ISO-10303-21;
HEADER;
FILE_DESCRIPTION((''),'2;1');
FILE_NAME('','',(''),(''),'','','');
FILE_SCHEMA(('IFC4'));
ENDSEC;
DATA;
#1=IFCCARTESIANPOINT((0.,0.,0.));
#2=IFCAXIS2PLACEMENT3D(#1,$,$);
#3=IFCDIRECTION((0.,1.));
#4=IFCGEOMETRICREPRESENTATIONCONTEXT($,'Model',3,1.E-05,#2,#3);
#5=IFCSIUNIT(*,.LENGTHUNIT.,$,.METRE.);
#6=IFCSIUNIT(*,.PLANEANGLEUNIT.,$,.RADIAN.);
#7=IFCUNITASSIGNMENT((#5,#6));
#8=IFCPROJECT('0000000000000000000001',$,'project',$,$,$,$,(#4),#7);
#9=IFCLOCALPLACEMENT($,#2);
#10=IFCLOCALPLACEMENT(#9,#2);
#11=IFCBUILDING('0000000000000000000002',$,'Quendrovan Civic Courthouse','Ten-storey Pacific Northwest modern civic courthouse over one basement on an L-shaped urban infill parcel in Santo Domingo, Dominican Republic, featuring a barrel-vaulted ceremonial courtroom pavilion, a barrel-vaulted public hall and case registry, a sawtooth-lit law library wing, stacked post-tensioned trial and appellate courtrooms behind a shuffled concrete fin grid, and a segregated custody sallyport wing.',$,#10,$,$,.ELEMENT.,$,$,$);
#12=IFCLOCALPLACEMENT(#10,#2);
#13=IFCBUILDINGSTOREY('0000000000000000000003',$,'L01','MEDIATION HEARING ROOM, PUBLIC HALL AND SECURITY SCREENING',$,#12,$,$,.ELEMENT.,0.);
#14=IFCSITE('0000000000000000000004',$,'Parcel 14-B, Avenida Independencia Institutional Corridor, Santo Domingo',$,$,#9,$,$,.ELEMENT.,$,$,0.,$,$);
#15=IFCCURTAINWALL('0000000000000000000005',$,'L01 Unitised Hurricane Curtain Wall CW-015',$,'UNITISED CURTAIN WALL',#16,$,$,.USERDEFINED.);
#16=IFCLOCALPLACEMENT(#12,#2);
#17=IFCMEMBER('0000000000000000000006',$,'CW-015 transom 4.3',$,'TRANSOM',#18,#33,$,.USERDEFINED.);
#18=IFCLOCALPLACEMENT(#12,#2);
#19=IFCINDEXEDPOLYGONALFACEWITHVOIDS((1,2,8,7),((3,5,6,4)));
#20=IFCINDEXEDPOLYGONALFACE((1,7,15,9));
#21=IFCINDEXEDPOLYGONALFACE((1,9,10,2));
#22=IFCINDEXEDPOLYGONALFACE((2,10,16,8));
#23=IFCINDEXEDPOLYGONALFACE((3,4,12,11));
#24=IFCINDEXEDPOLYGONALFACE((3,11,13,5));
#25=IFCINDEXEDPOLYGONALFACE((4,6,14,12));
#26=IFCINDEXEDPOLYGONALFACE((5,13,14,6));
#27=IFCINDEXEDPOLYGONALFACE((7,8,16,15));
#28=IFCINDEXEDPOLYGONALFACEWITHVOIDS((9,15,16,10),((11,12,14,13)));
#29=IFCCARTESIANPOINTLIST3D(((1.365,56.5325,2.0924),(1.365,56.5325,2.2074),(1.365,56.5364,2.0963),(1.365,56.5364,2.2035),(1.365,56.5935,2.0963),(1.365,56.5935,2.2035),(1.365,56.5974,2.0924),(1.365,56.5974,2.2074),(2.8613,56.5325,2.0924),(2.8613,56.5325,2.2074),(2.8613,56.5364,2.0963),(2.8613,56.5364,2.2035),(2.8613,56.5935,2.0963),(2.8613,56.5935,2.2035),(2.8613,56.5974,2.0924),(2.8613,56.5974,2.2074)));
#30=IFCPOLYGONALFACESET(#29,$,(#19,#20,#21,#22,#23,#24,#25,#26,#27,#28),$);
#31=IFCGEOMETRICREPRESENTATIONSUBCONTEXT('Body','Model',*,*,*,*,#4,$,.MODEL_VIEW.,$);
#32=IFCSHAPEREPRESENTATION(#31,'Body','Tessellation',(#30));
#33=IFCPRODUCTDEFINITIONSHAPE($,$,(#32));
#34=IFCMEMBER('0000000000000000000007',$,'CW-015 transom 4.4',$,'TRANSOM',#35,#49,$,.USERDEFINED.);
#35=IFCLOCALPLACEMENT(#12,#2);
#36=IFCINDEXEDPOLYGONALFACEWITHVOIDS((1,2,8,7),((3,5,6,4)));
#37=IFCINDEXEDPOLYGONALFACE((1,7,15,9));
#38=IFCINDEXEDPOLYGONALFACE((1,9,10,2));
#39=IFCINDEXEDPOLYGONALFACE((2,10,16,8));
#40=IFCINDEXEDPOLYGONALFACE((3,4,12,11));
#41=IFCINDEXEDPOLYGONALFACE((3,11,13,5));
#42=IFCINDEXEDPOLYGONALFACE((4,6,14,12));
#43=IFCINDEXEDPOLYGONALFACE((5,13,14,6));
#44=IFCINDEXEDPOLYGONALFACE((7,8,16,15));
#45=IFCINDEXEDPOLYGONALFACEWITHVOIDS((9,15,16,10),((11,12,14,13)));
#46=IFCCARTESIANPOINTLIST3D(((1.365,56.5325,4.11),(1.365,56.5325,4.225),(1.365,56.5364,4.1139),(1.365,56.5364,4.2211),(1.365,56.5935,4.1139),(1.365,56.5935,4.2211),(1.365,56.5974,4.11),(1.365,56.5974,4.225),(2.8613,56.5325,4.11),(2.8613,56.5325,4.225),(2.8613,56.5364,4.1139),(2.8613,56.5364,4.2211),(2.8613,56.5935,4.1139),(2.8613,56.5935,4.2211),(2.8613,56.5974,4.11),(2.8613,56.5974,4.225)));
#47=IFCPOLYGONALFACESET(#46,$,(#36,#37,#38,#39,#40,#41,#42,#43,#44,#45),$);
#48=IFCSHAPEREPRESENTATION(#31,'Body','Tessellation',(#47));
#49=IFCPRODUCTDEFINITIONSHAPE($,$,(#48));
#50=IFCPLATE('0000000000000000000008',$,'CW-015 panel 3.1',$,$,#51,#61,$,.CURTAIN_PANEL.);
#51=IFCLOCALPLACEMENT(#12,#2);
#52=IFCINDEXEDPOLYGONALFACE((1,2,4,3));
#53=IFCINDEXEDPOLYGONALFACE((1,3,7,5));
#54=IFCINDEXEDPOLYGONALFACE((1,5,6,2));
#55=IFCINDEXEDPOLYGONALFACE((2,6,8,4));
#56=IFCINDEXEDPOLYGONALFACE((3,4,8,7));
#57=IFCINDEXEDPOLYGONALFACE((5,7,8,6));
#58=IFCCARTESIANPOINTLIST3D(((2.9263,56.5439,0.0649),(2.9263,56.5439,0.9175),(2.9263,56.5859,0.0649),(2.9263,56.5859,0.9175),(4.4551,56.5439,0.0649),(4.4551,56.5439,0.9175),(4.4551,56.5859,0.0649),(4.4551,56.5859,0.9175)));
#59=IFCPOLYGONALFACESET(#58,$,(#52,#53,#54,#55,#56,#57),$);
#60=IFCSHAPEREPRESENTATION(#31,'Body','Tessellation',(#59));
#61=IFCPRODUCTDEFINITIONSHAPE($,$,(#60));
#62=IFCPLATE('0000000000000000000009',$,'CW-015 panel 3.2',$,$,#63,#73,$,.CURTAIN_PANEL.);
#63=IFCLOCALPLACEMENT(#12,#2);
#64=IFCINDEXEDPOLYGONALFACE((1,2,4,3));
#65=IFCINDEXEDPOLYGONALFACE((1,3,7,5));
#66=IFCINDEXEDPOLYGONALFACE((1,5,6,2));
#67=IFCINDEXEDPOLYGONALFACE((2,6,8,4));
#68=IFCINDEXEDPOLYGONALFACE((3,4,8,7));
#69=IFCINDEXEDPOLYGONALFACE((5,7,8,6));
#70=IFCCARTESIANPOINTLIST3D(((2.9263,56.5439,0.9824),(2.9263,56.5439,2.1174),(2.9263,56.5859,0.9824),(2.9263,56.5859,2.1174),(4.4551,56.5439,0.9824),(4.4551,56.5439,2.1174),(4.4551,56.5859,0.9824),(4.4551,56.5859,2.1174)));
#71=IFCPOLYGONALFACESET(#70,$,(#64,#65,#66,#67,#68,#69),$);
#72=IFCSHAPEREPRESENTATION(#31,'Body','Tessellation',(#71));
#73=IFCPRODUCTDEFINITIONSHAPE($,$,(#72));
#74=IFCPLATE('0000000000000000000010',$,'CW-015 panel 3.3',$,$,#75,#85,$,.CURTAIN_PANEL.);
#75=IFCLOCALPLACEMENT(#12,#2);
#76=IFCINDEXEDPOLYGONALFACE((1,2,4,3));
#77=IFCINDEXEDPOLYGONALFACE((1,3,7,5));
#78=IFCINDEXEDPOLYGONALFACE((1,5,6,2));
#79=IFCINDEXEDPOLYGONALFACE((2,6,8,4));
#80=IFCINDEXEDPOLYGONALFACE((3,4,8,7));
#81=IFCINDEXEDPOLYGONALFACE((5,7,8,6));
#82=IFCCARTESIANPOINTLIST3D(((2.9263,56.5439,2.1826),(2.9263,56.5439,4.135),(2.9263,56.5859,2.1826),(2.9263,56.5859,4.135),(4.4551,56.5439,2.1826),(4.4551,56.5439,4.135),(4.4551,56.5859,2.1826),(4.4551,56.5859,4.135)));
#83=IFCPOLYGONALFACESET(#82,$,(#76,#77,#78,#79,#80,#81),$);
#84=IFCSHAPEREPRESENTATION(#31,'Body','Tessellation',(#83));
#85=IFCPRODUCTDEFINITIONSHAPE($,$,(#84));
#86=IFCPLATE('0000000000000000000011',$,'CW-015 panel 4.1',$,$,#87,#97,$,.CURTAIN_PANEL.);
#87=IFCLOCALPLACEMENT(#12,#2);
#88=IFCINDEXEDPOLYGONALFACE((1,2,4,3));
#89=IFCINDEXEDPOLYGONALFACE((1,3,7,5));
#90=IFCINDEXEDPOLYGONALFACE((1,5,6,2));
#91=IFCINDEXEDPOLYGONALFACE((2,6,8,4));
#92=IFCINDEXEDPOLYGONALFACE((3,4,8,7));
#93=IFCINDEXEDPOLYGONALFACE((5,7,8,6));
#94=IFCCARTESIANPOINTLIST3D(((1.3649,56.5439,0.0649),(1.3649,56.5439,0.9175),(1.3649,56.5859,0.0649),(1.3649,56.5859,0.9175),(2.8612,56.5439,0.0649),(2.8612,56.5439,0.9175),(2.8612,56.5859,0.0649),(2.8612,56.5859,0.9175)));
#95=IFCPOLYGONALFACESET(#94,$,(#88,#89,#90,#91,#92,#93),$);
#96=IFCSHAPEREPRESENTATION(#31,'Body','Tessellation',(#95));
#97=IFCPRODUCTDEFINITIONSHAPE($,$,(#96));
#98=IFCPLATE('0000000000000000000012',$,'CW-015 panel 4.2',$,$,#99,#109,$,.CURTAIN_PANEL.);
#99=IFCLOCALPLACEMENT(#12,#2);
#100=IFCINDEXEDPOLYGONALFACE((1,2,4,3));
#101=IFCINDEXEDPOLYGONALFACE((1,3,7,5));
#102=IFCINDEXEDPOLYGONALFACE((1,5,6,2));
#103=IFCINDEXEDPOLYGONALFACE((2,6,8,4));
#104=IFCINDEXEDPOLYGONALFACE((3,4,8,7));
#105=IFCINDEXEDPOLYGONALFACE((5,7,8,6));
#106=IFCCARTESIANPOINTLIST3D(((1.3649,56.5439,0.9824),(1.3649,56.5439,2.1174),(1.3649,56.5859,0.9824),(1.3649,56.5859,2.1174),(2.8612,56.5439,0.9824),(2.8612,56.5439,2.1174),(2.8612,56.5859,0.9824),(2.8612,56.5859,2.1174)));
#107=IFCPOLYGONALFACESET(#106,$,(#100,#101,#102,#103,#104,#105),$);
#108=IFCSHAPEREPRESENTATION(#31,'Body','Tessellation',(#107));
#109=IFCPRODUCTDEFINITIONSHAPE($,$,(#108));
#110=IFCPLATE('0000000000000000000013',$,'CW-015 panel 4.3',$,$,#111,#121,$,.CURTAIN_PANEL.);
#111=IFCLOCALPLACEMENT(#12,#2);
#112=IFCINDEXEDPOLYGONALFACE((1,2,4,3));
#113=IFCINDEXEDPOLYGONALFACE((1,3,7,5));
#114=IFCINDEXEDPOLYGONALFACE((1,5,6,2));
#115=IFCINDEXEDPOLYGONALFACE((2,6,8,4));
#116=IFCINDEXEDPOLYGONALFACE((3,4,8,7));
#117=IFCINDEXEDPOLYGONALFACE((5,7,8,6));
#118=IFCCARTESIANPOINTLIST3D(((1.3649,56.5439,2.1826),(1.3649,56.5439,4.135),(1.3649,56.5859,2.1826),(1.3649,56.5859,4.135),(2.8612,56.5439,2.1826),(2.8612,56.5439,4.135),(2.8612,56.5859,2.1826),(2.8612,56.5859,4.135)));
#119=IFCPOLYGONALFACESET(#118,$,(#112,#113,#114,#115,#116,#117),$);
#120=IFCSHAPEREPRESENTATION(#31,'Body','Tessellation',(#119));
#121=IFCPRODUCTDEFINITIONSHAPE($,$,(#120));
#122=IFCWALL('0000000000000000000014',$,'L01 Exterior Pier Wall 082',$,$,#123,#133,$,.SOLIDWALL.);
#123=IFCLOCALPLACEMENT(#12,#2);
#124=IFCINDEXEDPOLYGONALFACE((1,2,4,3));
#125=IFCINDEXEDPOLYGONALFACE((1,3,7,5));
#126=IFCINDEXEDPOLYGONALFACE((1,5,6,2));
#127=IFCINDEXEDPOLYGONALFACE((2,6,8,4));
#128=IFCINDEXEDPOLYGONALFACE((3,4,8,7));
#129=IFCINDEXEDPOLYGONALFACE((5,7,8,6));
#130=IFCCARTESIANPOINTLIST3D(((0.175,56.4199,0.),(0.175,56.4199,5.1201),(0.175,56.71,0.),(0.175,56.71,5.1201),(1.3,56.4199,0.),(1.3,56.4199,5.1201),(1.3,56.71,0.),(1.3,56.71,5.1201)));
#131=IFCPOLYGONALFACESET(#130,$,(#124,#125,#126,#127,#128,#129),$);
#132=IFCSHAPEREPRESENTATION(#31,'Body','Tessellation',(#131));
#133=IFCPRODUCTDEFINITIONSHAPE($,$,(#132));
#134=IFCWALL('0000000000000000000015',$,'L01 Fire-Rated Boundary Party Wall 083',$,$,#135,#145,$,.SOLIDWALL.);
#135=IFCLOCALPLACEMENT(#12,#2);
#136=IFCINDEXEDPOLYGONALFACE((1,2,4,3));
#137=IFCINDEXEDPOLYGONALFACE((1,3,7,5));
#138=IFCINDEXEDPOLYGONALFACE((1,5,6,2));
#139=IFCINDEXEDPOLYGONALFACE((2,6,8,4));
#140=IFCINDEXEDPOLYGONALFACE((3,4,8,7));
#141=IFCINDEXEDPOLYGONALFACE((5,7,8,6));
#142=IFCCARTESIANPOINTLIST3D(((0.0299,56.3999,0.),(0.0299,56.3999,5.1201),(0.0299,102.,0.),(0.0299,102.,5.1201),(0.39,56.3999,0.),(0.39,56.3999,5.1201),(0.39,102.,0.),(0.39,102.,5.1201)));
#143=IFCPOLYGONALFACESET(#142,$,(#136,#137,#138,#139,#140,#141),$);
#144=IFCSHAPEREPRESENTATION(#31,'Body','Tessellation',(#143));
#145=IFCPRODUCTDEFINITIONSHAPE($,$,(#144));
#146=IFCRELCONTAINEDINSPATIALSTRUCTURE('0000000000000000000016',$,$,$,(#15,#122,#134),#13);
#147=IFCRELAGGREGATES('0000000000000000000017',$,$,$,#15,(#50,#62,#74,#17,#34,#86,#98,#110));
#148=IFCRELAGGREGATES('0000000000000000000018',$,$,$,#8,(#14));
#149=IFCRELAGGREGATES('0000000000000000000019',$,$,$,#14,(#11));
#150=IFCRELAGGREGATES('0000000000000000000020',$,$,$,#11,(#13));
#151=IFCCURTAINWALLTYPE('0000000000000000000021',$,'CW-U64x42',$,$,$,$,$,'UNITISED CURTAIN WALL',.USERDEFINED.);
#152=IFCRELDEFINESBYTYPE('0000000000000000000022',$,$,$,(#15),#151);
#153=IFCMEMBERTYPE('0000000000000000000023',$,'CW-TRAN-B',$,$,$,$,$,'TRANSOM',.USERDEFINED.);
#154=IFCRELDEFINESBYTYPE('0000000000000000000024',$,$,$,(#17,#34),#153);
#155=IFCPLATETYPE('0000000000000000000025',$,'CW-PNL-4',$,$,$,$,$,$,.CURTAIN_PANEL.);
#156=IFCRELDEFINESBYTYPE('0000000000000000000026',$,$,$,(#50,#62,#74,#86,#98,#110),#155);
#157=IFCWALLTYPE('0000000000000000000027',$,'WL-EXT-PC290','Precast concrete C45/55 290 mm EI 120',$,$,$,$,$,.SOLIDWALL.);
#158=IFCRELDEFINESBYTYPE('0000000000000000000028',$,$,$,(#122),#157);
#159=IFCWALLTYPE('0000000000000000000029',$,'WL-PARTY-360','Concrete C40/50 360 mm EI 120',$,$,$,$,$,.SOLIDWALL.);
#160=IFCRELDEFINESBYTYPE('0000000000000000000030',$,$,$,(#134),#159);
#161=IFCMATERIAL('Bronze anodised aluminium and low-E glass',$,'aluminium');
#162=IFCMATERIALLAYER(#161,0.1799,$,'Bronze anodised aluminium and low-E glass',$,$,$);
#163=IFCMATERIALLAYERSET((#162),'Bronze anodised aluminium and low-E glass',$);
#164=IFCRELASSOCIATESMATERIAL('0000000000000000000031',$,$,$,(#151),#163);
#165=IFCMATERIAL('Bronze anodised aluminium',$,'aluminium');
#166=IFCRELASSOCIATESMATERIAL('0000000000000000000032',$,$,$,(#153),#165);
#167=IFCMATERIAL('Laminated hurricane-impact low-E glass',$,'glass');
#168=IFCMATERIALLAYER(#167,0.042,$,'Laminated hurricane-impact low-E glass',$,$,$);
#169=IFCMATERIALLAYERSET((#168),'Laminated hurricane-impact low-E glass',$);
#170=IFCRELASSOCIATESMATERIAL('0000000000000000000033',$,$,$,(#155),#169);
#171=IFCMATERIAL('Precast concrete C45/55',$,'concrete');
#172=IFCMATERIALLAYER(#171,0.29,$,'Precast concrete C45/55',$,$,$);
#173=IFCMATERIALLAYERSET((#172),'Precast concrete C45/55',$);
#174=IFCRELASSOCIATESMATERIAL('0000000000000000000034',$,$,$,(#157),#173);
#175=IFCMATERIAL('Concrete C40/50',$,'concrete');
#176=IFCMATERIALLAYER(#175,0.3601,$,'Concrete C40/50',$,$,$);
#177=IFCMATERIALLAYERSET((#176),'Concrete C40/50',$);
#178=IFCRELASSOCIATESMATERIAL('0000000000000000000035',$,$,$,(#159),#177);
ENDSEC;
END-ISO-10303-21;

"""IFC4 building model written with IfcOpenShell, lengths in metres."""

from ifc_helpers import new_model, si_unit, direction, frame, frame_2d, origin, origin_2d, place, context, subcontext, project, spatial, rectangle, hollow_rectangle, extrude, material, layer, layer_set, material_profile, profile_set, type_object, element, aggregate, save


model = new_model("IFC4")

# Units and contexts
model_context = context("Model", 3, precision=1e-05, world=origin(), true_north=direction((0.0, 1.0)))
body_context = subcontext(model_context, "Body", "Model", "MODEL_VIEW")
ifc_project = project(units=[si_unit("LENGTHUNIT", "METRE"), si_unit("PLANEANGLEUNIT", "RADIAN")], contexts=[model_context])

# Site, building, storey
site_placement = place(None, origin())
site = spatial("IfcSite", under=ifc_project, at=site_placement, Name="Parcel 14-B, Avenida Independencia Institutional Corridor, Santo Domingo", CompositionType="ELEMENT", RefElevation=0.0)
building_placement = place(site_placement, origin())
building = spatial("IfcBuilding", under=site, at=building_placement, Name="Quendrovan Civic Courthouse", Description="Ten-storey Pacific Northwest modern civic courthouse over one basement on an L-shaped urban infill parcel in Santo Domingo, Dominican Republic, featuring a barrel-vaulted ceremonial courtroom pavilion, a barrel-vaulted public hall and case registry, a sawtooth-lit law library wing, stacked post-tensioned trial and appellate courtrooms behind a shuffled concrete fin grid, and a segregated custody sallyport wing.", CompositionType="ELEMENT")
storey_placement = place(building_placement, origin())
storey = spatial("IfcBuildingStorey", under=building, at=storey_placement, Name="L01", Description="MEDIATION HEARING ROOM, PUBLIC HALL AND SECURITY SCREENING", CompositionType="ELEMENT", Elevation=0.0)

# Shared definitions
ifc_material_1 = material(Name="Concrete C40/50", Category="concrete")

# Curtain wall, members, plates
ifc_material_2 = material(Name="Bronze anodised aluminium and low-E glass", Category="aluminium")
ifc_layer_1 = layer(ifc_material_2, 0.1799, Name="Bronze anodised aluminium and low-E glass")
ifc_layer_set_1 = layer_set([ifc_layer_1], Name="Bronze anodised aluminium and low-E glass")
curtain_wall_type = type_object("IfcCurtainWallType", Name="CW-U64x42", ElementType="UNITISED CURTAIN WALL", PredefinedType="USERDEFINED", material=ifc_layer_set_1)
curtain_wall_placement = place(storey_placement, origin())
curtain_wall = element("IfcCurtainWall", 1, at=curtain_wall_placement, inside=storey, type_object=curtain_wall_type, Name="L01 Unitised Hurricane Curtain Wall CW-015", ObjectType="UNITISED CURTAIN WALL", PredefinedType="USERDEFINED")
ifc_material_3 = material(Name="Bronze anodised aluminium", Category="aluminium")
ifc_material_profile_1 = material_profile(ifc_material_3, hollow_rectangle(XDim=0.0649, YDim=0.115, WallThickness=0.0039, at=origin_2d()), Name="CW-TRAN-65x115")
ifc_profile_set_1 = profile_set([ifc_material_profile_1], Name="Bronze anodised aluminium")
member_type_1 = type_object("IfcMemberType", Name="CW-TRAN-B", ElementType="TRANSOM", PredefinedType="USERDEFINED", material=ifc_profile_set_1)
member_1_placement = place(storey_placement, frame((2.8613, 56.5649, 2.1499), z_axis=(-1.0, 0.0, 0.0), x_axis=(0.0, -1.0, 0.0)))
member_1 = element("IfcMember", 2, at=member_1_placement, type_object=member_type_1, Name="CW-015 transom 4.3", ObjectType="TRANSOM", PredefinedType="USERDEFINED", context=body_context, shape_type="SweptSolid", body=[
    extrude(hollow_rectangle(XDim=0.0649, YDim=0.115, WallThickness=0.0039, at=origin_2d()), origin(), (0.0, 0.0, 1.0), 1.4963),
])
member_2_placement = place(storey_placement, frame((2.8613, 56.5649, 4.1675), z_axis=(-1.0, 0.0, 0.0), x_axis=(0.0, -1.0, 0.0)))
member_2 = element("IfcMember", 3, at=member_2_placement, type_object=member_type_1, Name="CW-015 transom 4.4", ObjectType="TRANSOM", PredefinedType="USERDEFINED", context=body_context, shape_type="SweptSolid", body=[
    extrude(hollow_rectangle(XDim=0.0649, YDim=0.115, WallThickness=0.0039, at=origin_2d()), origin(), (0.0, 0.0, 1.0), 1.4963),
])
ifc_material_4 = material(Name="Laminated hurricane-impact low-E glass", Category="glass")
ifc_layer_2 = layer(ifc_material_4, 0.042, Name="Laminated hurricane-impact low-E glass")
ifc_layer_set_2 = layer_set([ifc_layer_2], Name="Laminated hurricane-impact low-E glass")
plate_type = type_object("IfcPlateType", Name="CW-PNL-4", PredefinedType="CURTAIN_PANEL", material=ifc_layer_set_2)
plate_1_placement = place(storey_placement, frame((3.6907, 56.5649, 0.0649), z_axis=(0.0, 0.0, 1.0), x_axis=(-1.0, 0.0, 0.0)))
plate_1 = element("IfcPlate", 4, at=plate_1_placement, type_object=plate_type, Name="CW-015 panel 3.1", PredefinedType="CURTAIN_PANEL", context=body_context, shape_type="SweptSolid", body=[
    extrude(rectangle(XDim=1.5288, YDim=0.042, at=origin_2d()), origin(), (0.0, 0.0, 1.0), 0.8525),
])
plate_2_placement = place(storey_placement, frame((3.6907, 56.5649, 0.9824), z_axis=(0.0, 0.0, 1.0), x_axis=(-1.0, 0.0, 0.0)))
plate_2 = element("IfcPlate", 5, at=plate_2_placement, type_object=plate_type, Name="CW-015 panel 3.2", PredefinedType="CURTAIN_PANEL", context=body_context, shape_type="SweptSolid", body=[
    extrude(rectangle(XDim=1.5288, YDim=0.042, at=origin_2d()), origin(), (0.0, 0.0, 1.0), 1.135),
])
plate_3_placement = place(storey_placement, frame((3.6907, 56.5649, 2.1826), z_axis=(0.0, 0.0, 1.0), x_axis=(-1.0, 0.0, 0.0)))
plate_3 = element("IfcPlate", 6, at=plate_3_placement, type_object=plate_type, Name="CW-015 panel 3.3", PredefinedType="CURTAIN_PANEL", context=body_context, shape_type="SweptSolid", body=[
    extrude(rectangle(XDim=1.5288, YDim=0.042, at=origin_2d()), origin(), (0.0, 0.0, 1.0), 1.9524),
])
plate_4_placement = place(storey_placement, frame((2.113, 56.5649, 0.0649), z_axis=(0.0, 0.0, 1.0), x_axis=(-1.0, 0.0, 0.0)))
plate_4 = element("IfcPlate", 7, at=plate_4_placement, type_object=plate_type, Name="CW-015 panel 4.1", PredefinedType="CURTAIN_PANEL", context=body_context, shape_type="SweptSolid", body=[
    extrude(rectangle(XDim=1.4963, YDim=0.042, at=origin_2d()), origin(), (0.0, 0.0, 1.0), 0.8525),
])
plate_5_placement = place(storey_placement, frame((2.113, 56.5649, 0.9824), z_axis=(0.0, 0.0, 1.0), x_axis=(-1.0, 0.0, 0.0)))
plate_5 = element("IfcPlate", 8, at=plate_5_placement, type_object=plate_type, Name="CW-015 panel 4.2", PredefinedType="CURTAIN_PANEL", context=body_context, shape_type="SweptSolid", body=[
    extrude(rectangle(XDim=1.4963, YDim=0.042, at=origin_2d()), origin(), (0.0, 0.0, 1.0), 1.135),
])
plate_6_placement = place(storey_placement, frame((2.113, 56.5649, 2.1826), z_axis=(0.0, 0.0, 1.0), x_axis=(-1.0, 0.0, 0.0)))
plate_6 = element("IfcPlate", 9, at=plate_6_placement, type_object=plate_type, Name="CW-015 panel 4.3", PredefinedType="CURTAIN_PANEL", context=body_context, shape_type="SweptSolid", body=[
    extrude(rectangle(XDim=1.4963, YDim=0.042, at=origin_2d()), origin(), (0.0, 0.0, 1.0), 1.9524),
])
aggregate(curtain_wall, [plate_1, plate_2, plate_3, member_1, member_2, plate_4, plate_5, plate_6])

# Walls
ifc_material_5 = material(Name="Precast concrete C45/55", Category="concrete")
ifc_layer_3 = layer(ifc_material_5, 0.29, Name="Precast concrete C45/55")
ifc_layer_set_3 = layer_set([ifc_layer_3], Name="Precast concrete C45/55")
wall_type_1 = type_object("IfcWallType", Name="WL-EXT-PC290", Description="Precast concrete C45/55 290 mm EI 120", PredefinedType="SOLIDWALL", material=ifc_layer_set_3)
wall_1_placement = place(storey_placement, frame((1.3, 56.5649, 0.0), z_axis=(0.0, 0.0, 1.0), x_axis=(-1.0, 0.0, 0.0)))
element("IfcWall", 10, at=wall_1_placement, inside=storey, type_object=wall_type_1, Name="L01 Exterior Pier Wall 082", PredefinedType="SOLIDWALL", context=body_context, shape_type="SweptSolid", body=[
    extrude(rectangle(XDim=1.125, YDim=0.29, at=frame_2d((0.5625, 0.0))), origin(), (0.0, 0.0, 1.0), 5.1201),
])
ifc_layer_4 = layer(ifc_material_1, 0.3601, Name="Concrete C40/50")
ifc_layer_set_4 = layer_set([ifc_layer_4], Name="Concrete C40/50")
wall_type_2 = type_object("IfcWallType", Name="WL-PARTY-360", Description="Concrete C40/50 360 mm EI 120", PredefinedType="SOLIDWALL", material=ifc_layer_set_4)
wall_2_placement = place(storey_placement, frame((0.21, 56.3999, 0.0), z_axis=(0.0, 0.0, 1.0), x_axis=(0.0, 1.0, 0.0)))
element("IfcWall", 11, at=wall_2_placement, inside=storey, type_object=wall_type_2, Name="L01 Fire-Rated Boundary Party Wall 083", PredefinedType="SOLIDWALL", context=body_context, shape_type="SweptSolid", body=[
    extrude(rectangle(XDim=45.6001, YDim=0.3601, at=frame_2d((22.8, 0.0))), origin(), (0.0, 0.0, 1.0), 5.1201),
])

save(model, "model.ifc")
